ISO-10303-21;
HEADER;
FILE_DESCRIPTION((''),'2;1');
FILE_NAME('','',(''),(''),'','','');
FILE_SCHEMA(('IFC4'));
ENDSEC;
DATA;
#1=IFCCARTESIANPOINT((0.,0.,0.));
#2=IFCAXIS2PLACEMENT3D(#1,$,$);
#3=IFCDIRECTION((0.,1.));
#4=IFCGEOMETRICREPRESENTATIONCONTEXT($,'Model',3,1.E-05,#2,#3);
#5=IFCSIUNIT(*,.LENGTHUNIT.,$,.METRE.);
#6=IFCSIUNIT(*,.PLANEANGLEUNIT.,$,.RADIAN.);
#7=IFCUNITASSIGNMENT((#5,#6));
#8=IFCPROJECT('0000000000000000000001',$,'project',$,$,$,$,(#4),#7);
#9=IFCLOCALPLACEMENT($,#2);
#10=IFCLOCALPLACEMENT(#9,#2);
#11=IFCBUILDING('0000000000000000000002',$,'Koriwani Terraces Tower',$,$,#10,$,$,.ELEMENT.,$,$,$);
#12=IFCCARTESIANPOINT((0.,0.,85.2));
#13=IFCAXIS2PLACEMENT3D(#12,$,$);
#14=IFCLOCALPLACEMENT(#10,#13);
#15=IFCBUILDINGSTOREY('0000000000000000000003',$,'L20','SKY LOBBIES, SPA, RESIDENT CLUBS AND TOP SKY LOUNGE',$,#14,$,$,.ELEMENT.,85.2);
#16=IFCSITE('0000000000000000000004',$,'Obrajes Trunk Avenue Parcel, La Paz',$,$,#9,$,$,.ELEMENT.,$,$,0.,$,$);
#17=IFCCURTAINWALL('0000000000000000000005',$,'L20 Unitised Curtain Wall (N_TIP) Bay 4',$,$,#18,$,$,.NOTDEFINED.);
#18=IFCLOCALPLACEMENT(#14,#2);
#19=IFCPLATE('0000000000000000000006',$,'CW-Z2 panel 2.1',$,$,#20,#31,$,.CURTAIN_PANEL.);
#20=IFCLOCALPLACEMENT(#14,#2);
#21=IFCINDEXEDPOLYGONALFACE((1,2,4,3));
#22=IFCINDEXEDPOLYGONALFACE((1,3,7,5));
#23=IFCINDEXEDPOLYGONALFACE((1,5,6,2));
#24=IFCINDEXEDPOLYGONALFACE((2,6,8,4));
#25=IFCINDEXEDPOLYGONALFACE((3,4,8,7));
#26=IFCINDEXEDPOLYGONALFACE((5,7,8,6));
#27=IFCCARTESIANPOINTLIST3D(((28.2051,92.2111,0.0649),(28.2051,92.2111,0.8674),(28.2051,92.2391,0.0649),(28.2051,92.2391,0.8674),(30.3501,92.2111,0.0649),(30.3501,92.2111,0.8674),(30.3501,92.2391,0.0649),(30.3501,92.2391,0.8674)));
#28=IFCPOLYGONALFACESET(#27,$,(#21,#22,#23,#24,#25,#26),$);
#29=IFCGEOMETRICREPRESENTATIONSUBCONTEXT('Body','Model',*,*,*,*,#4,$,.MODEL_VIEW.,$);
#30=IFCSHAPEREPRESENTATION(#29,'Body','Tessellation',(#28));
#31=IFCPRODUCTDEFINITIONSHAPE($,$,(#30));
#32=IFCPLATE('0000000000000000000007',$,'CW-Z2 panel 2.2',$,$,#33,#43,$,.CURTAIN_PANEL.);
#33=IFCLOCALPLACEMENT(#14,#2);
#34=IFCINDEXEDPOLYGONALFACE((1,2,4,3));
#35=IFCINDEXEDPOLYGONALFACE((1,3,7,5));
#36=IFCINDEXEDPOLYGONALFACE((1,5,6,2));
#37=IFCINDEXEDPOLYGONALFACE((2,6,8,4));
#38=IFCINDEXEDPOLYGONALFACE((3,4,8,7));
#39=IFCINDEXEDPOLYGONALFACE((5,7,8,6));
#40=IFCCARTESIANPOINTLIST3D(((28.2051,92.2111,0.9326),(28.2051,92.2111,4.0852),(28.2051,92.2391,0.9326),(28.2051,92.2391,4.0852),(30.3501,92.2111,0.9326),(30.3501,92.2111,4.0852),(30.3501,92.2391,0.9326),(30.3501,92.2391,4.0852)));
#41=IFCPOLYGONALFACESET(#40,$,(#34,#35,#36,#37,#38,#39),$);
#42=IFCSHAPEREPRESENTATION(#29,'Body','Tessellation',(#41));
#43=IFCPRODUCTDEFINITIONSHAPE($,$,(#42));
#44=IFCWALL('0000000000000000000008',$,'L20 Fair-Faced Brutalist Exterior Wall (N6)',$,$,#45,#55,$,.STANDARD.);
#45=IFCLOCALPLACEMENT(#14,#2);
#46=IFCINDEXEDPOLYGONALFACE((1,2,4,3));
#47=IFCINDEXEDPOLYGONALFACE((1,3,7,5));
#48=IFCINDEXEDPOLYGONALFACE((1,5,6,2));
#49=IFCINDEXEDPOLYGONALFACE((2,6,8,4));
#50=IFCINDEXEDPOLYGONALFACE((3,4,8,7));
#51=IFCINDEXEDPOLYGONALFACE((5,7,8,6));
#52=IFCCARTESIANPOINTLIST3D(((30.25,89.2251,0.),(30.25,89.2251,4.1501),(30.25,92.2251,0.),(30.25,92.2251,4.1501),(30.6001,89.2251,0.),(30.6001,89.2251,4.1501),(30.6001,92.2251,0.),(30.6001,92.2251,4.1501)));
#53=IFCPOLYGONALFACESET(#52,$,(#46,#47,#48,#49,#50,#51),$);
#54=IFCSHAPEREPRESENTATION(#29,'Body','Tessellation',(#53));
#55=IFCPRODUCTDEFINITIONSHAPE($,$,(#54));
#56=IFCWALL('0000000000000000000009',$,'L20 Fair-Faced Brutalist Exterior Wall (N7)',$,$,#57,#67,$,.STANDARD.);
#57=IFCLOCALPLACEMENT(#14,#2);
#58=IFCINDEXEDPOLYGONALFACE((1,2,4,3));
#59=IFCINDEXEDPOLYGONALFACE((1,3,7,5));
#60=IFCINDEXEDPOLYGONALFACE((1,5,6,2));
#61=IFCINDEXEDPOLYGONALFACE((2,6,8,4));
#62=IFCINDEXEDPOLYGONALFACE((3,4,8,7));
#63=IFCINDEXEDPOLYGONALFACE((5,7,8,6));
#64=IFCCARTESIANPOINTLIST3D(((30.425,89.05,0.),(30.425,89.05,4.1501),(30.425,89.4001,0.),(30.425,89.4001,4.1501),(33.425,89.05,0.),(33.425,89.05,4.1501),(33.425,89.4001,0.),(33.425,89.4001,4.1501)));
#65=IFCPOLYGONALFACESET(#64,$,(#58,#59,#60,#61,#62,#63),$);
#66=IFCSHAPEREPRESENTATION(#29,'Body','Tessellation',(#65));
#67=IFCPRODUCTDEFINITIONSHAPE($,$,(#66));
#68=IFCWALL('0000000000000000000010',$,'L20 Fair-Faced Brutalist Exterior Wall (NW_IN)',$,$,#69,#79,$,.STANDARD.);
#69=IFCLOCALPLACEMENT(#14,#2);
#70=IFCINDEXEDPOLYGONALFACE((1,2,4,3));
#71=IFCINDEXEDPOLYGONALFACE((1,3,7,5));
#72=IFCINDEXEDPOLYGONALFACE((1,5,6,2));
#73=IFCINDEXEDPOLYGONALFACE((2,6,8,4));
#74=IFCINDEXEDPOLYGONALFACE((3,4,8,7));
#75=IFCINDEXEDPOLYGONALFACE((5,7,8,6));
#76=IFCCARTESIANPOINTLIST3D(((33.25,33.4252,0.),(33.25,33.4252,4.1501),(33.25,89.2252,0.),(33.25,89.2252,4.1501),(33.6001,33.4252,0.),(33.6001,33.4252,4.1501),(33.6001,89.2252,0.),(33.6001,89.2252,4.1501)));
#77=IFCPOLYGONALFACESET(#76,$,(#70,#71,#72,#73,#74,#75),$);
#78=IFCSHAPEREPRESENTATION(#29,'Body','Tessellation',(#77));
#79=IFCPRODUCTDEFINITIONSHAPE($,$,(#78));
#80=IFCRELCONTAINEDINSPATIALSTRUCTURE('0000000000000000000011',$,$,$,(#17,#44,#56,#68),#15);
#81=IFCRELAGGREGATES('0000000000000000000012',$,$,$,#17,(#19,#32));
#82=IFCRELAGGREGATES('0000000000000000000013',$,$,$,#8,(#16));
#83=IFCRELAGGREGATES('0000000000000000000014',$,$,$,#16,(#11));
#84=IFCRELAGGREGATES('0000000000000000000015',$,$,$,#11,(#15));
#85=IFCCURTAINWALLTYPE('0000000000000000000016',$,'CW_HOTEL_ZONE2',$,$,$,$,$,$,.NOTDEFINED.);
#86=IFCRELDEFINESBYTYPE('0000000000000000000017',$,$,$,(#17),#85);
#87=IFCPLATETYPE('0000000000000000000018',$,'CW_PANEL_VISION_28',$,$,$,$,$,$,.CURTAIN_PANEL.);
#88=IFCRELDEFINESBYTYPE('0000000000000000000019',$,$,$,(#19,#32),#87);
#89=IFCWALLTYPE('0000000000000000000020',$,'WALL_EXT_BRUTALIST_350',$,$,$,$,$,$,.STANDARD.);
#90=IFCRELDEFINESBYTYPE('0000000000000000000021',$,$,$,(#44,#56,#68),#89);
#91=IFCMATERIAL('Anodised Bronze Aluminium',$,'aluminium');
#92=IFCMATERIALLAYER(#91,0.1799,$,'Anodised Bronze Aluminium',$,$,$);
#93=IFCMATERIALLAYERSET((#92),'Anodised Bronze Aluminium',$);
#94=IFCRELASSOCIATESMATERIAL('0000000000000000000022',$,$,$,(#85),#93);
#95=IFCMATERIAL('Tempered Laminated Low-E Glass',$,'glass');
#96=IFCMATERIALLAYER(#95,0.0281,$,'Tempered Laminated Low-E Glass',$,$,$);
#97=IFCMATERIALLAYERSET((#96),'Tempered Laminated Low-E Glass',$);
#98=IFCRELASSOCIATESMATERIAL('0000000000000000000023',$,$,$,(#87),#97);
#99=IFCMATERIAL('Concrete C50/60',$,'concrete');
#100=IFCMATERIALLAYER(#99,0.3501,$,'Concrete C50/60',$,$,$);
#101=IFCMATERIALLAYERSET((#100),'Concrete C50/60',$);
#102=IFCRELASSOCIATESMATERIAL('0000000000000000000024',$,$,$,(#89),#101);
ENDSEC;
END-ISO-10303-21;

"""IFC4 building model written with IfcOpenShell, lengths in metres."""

from ifc_helpers import new_model, si_unit, direction, frame, frame_2d, origin, origin_2d, place, context, subcontext, project, spatial, rectangle, extrude, material, layer, layer_set, type_object, element, aggregate, save


model = new_model("IFC4")

# Units and contexts
model_context = context("Model", 3, precision=1e-05, world=origin(), true_north=direction((0.0, 1.0)))
body_context = subcontext(model_context, "Body", "Model", "MODEL_VIEW")
ifc_project = project(units=[si_unit("LENGTHUNIT", "METRE"), si_unit("PLANEANGLEUNIT", "RADIAN")], contexts=[model_context])

# Site, building, storey
site_placement = place(None, origin())
site = spatial("IfcSite", under=ifc_project, at=site_placement, Name="Obrajes Trunk Avenue Parcel, La Paz", CompositionType="ELEMENT", RefElevation=0.0)
building_placement = place(site_placement, origin())
building = spatial("IfcBuilding", under=site, at=building_placement, Name="Koriwani Terraces Tower", CompositionType="ELEMENT")
storey_placement = place(building_placement, frame((0.0, 0.0, 85.2)))
storey = spatial("IfcBuildingStorey", under=building, at=storey_placement, Name="L20", Description="SKY LOBBIES, SPA, RESIDENT CLUBS AND TOP SKY LOUNGE", CompositionType="ELEMENT", Elevation=85.2)

# Shared definitions
ifc_material_1 = material(Name="Concrete C50/60", Category="concrete")

# Curtain wall
ifc_material_2 = material(Name="Anodised Bronze Aluminium", Category="aluminium")
ifc_layer_1 = layer(ifc_material_2, 0.1799, Name="Anodised Bronze Aluminium")
ifc_layer_set_1 = layer_set([ifc_layer_1], Name="Anodised Bronze Aluminium")
curtain_wall_type = type_object("IfcCurtainWallType", Name="CW_HOTEL_ZONE2", PredefinedType="NOTDEFINED", material=ifc_layer_set_1)
curtain_wall_placement = place(storey_placement, origin())
curtain_wall = element("IfcCurtainWall", 1, at=curtain_wall_placement, inside=storey, type_object=curtain_wall_type, Name="L20 Unitised Curtain Wall (N_TIP) Bay 4", PredefinedType="NOTDEFINED")

# Plates
ifc_material_3 = material(Name="Tempered Laminated Low-E Glass", Category="glass")
ifc_layer_2 = layer(ifc_material_3, 0.0281, Name="Tempered Laminated Low-E Glass")
ifc_layer_set_2 = layer_set([ifc_layer_2], Name="Tempered Laminated Low-E Glass")
plate_type = type_object("IfcPlateType", Name="CW_PANEL_VISION_28", PredefinedType="CURTAIN_PANEL", material=ifc_layer_set_2)
plate_1_placement = place(storey_placement, frame((29.2776, 92.2251, 0.0649), z_axis=(0.0, 0.0, 1.0), x_axis=(1.0, 0.0, 0.0)))
plate_1 = element("IfcPlate", 2, at=plate_1_placement, type_object=plate_type, Name="CW-Z2 panel 2.1", PredefinedType="CURTAIN_PANEL", context=body_context, shape_type="SweptSolid", body=[
    extrude(rectangle(XDim=2.145, YDim=0.0281, at=origin_2d()), origin(), (0.0, 0.0, 1.0), 0.8025),
])
plate_2_placement = place(storey_placement, frame((29.2776, 92.2251, 0.9326), z_axis=(0.0, 0.0, 1.0), x_axis=(1.0, 0.0, 0.0)))
plate_2 = element("IfcPlate", 3, at=plate_2_placement, type_object=plate_type, Name="CW-Z2 panel 2.2", PredefinedType="CURTAIN_PANEL", context=body_context, shape_type="SweptSolid", body=[
    extrude(rectangle(XDim=2.145, YDim=0.0281, at=origin_2d()), origin(), (0.0, 0.0, 1.0), 3.1526),
])
aggregate(curtain_wall, [plate_1, plate_2])

# Walls
ifc_layer_3 = layer(ifc_material_1, 0.3501, Name="Concrete C50/60")
ifc_layer_set_3 = layer_set([ifc_layer_3], Name="Concrete C50/60")
wall_type = type_object("IfcWallType", Name="WALL_EXT_BRUTALIST_350", PredefinedType="STANDARD", material=ifc_layer_set_3)
for number, where, z_axis, x_axis, name in (
    (4, (30.425, 92.2251, 0.0), (0.0, 0.0, 1.0), (0.0, -1.0, 0.0), "L20 Fair-Faced Brutalist Exterior Wall (N6)"),
    (5, (30.425, 89.2251, 0.0), (0.0, 0.0, 1.0), (1.0, 0.0, 0.0), "L20 Fair-Faced Brutalist Exterior Wall (N7)"),
):
    element("IfcWall", number, at=place(storey_placement, frame(where, z_axis=z_axis, x_axis=x_axis)), inside=storey, type_object=wall_type, Name=name, PredefinedType="STANDARD", context=body_context, shape_type="SweptSolid", body=[
        extrude(rectangle(XDim=3.0, YDim=0.3501, at=frame_2d((1.5, 0.0))), origin(), (0.0, 0.0, 1.0), 4.1501),
    ])
wall_placement = place(storey_placement, frame((33.425, 89.2251, 0.0), z_axis=(0.0, 0.0, 1.0), x_axis=(0.0, -1.0, 0.0)))
element("IfcWall", 6, at=wall_placement, inside=storey, type_object=wall_type, Name="L20 Fair-Faced Brutalist Exterior Wall (NW_IN)", PredefinedType="STANDARD", context=body_context, shape_type="SweptSolid", body=[
    extrude(rectangle(XDim=55.8, YDim=0.3501, at=frame_2d((27.8999, 0.0))), origin(), (0.0, 0.0, 1.0), 4.1501),
])

save(model, "model.ifc")
